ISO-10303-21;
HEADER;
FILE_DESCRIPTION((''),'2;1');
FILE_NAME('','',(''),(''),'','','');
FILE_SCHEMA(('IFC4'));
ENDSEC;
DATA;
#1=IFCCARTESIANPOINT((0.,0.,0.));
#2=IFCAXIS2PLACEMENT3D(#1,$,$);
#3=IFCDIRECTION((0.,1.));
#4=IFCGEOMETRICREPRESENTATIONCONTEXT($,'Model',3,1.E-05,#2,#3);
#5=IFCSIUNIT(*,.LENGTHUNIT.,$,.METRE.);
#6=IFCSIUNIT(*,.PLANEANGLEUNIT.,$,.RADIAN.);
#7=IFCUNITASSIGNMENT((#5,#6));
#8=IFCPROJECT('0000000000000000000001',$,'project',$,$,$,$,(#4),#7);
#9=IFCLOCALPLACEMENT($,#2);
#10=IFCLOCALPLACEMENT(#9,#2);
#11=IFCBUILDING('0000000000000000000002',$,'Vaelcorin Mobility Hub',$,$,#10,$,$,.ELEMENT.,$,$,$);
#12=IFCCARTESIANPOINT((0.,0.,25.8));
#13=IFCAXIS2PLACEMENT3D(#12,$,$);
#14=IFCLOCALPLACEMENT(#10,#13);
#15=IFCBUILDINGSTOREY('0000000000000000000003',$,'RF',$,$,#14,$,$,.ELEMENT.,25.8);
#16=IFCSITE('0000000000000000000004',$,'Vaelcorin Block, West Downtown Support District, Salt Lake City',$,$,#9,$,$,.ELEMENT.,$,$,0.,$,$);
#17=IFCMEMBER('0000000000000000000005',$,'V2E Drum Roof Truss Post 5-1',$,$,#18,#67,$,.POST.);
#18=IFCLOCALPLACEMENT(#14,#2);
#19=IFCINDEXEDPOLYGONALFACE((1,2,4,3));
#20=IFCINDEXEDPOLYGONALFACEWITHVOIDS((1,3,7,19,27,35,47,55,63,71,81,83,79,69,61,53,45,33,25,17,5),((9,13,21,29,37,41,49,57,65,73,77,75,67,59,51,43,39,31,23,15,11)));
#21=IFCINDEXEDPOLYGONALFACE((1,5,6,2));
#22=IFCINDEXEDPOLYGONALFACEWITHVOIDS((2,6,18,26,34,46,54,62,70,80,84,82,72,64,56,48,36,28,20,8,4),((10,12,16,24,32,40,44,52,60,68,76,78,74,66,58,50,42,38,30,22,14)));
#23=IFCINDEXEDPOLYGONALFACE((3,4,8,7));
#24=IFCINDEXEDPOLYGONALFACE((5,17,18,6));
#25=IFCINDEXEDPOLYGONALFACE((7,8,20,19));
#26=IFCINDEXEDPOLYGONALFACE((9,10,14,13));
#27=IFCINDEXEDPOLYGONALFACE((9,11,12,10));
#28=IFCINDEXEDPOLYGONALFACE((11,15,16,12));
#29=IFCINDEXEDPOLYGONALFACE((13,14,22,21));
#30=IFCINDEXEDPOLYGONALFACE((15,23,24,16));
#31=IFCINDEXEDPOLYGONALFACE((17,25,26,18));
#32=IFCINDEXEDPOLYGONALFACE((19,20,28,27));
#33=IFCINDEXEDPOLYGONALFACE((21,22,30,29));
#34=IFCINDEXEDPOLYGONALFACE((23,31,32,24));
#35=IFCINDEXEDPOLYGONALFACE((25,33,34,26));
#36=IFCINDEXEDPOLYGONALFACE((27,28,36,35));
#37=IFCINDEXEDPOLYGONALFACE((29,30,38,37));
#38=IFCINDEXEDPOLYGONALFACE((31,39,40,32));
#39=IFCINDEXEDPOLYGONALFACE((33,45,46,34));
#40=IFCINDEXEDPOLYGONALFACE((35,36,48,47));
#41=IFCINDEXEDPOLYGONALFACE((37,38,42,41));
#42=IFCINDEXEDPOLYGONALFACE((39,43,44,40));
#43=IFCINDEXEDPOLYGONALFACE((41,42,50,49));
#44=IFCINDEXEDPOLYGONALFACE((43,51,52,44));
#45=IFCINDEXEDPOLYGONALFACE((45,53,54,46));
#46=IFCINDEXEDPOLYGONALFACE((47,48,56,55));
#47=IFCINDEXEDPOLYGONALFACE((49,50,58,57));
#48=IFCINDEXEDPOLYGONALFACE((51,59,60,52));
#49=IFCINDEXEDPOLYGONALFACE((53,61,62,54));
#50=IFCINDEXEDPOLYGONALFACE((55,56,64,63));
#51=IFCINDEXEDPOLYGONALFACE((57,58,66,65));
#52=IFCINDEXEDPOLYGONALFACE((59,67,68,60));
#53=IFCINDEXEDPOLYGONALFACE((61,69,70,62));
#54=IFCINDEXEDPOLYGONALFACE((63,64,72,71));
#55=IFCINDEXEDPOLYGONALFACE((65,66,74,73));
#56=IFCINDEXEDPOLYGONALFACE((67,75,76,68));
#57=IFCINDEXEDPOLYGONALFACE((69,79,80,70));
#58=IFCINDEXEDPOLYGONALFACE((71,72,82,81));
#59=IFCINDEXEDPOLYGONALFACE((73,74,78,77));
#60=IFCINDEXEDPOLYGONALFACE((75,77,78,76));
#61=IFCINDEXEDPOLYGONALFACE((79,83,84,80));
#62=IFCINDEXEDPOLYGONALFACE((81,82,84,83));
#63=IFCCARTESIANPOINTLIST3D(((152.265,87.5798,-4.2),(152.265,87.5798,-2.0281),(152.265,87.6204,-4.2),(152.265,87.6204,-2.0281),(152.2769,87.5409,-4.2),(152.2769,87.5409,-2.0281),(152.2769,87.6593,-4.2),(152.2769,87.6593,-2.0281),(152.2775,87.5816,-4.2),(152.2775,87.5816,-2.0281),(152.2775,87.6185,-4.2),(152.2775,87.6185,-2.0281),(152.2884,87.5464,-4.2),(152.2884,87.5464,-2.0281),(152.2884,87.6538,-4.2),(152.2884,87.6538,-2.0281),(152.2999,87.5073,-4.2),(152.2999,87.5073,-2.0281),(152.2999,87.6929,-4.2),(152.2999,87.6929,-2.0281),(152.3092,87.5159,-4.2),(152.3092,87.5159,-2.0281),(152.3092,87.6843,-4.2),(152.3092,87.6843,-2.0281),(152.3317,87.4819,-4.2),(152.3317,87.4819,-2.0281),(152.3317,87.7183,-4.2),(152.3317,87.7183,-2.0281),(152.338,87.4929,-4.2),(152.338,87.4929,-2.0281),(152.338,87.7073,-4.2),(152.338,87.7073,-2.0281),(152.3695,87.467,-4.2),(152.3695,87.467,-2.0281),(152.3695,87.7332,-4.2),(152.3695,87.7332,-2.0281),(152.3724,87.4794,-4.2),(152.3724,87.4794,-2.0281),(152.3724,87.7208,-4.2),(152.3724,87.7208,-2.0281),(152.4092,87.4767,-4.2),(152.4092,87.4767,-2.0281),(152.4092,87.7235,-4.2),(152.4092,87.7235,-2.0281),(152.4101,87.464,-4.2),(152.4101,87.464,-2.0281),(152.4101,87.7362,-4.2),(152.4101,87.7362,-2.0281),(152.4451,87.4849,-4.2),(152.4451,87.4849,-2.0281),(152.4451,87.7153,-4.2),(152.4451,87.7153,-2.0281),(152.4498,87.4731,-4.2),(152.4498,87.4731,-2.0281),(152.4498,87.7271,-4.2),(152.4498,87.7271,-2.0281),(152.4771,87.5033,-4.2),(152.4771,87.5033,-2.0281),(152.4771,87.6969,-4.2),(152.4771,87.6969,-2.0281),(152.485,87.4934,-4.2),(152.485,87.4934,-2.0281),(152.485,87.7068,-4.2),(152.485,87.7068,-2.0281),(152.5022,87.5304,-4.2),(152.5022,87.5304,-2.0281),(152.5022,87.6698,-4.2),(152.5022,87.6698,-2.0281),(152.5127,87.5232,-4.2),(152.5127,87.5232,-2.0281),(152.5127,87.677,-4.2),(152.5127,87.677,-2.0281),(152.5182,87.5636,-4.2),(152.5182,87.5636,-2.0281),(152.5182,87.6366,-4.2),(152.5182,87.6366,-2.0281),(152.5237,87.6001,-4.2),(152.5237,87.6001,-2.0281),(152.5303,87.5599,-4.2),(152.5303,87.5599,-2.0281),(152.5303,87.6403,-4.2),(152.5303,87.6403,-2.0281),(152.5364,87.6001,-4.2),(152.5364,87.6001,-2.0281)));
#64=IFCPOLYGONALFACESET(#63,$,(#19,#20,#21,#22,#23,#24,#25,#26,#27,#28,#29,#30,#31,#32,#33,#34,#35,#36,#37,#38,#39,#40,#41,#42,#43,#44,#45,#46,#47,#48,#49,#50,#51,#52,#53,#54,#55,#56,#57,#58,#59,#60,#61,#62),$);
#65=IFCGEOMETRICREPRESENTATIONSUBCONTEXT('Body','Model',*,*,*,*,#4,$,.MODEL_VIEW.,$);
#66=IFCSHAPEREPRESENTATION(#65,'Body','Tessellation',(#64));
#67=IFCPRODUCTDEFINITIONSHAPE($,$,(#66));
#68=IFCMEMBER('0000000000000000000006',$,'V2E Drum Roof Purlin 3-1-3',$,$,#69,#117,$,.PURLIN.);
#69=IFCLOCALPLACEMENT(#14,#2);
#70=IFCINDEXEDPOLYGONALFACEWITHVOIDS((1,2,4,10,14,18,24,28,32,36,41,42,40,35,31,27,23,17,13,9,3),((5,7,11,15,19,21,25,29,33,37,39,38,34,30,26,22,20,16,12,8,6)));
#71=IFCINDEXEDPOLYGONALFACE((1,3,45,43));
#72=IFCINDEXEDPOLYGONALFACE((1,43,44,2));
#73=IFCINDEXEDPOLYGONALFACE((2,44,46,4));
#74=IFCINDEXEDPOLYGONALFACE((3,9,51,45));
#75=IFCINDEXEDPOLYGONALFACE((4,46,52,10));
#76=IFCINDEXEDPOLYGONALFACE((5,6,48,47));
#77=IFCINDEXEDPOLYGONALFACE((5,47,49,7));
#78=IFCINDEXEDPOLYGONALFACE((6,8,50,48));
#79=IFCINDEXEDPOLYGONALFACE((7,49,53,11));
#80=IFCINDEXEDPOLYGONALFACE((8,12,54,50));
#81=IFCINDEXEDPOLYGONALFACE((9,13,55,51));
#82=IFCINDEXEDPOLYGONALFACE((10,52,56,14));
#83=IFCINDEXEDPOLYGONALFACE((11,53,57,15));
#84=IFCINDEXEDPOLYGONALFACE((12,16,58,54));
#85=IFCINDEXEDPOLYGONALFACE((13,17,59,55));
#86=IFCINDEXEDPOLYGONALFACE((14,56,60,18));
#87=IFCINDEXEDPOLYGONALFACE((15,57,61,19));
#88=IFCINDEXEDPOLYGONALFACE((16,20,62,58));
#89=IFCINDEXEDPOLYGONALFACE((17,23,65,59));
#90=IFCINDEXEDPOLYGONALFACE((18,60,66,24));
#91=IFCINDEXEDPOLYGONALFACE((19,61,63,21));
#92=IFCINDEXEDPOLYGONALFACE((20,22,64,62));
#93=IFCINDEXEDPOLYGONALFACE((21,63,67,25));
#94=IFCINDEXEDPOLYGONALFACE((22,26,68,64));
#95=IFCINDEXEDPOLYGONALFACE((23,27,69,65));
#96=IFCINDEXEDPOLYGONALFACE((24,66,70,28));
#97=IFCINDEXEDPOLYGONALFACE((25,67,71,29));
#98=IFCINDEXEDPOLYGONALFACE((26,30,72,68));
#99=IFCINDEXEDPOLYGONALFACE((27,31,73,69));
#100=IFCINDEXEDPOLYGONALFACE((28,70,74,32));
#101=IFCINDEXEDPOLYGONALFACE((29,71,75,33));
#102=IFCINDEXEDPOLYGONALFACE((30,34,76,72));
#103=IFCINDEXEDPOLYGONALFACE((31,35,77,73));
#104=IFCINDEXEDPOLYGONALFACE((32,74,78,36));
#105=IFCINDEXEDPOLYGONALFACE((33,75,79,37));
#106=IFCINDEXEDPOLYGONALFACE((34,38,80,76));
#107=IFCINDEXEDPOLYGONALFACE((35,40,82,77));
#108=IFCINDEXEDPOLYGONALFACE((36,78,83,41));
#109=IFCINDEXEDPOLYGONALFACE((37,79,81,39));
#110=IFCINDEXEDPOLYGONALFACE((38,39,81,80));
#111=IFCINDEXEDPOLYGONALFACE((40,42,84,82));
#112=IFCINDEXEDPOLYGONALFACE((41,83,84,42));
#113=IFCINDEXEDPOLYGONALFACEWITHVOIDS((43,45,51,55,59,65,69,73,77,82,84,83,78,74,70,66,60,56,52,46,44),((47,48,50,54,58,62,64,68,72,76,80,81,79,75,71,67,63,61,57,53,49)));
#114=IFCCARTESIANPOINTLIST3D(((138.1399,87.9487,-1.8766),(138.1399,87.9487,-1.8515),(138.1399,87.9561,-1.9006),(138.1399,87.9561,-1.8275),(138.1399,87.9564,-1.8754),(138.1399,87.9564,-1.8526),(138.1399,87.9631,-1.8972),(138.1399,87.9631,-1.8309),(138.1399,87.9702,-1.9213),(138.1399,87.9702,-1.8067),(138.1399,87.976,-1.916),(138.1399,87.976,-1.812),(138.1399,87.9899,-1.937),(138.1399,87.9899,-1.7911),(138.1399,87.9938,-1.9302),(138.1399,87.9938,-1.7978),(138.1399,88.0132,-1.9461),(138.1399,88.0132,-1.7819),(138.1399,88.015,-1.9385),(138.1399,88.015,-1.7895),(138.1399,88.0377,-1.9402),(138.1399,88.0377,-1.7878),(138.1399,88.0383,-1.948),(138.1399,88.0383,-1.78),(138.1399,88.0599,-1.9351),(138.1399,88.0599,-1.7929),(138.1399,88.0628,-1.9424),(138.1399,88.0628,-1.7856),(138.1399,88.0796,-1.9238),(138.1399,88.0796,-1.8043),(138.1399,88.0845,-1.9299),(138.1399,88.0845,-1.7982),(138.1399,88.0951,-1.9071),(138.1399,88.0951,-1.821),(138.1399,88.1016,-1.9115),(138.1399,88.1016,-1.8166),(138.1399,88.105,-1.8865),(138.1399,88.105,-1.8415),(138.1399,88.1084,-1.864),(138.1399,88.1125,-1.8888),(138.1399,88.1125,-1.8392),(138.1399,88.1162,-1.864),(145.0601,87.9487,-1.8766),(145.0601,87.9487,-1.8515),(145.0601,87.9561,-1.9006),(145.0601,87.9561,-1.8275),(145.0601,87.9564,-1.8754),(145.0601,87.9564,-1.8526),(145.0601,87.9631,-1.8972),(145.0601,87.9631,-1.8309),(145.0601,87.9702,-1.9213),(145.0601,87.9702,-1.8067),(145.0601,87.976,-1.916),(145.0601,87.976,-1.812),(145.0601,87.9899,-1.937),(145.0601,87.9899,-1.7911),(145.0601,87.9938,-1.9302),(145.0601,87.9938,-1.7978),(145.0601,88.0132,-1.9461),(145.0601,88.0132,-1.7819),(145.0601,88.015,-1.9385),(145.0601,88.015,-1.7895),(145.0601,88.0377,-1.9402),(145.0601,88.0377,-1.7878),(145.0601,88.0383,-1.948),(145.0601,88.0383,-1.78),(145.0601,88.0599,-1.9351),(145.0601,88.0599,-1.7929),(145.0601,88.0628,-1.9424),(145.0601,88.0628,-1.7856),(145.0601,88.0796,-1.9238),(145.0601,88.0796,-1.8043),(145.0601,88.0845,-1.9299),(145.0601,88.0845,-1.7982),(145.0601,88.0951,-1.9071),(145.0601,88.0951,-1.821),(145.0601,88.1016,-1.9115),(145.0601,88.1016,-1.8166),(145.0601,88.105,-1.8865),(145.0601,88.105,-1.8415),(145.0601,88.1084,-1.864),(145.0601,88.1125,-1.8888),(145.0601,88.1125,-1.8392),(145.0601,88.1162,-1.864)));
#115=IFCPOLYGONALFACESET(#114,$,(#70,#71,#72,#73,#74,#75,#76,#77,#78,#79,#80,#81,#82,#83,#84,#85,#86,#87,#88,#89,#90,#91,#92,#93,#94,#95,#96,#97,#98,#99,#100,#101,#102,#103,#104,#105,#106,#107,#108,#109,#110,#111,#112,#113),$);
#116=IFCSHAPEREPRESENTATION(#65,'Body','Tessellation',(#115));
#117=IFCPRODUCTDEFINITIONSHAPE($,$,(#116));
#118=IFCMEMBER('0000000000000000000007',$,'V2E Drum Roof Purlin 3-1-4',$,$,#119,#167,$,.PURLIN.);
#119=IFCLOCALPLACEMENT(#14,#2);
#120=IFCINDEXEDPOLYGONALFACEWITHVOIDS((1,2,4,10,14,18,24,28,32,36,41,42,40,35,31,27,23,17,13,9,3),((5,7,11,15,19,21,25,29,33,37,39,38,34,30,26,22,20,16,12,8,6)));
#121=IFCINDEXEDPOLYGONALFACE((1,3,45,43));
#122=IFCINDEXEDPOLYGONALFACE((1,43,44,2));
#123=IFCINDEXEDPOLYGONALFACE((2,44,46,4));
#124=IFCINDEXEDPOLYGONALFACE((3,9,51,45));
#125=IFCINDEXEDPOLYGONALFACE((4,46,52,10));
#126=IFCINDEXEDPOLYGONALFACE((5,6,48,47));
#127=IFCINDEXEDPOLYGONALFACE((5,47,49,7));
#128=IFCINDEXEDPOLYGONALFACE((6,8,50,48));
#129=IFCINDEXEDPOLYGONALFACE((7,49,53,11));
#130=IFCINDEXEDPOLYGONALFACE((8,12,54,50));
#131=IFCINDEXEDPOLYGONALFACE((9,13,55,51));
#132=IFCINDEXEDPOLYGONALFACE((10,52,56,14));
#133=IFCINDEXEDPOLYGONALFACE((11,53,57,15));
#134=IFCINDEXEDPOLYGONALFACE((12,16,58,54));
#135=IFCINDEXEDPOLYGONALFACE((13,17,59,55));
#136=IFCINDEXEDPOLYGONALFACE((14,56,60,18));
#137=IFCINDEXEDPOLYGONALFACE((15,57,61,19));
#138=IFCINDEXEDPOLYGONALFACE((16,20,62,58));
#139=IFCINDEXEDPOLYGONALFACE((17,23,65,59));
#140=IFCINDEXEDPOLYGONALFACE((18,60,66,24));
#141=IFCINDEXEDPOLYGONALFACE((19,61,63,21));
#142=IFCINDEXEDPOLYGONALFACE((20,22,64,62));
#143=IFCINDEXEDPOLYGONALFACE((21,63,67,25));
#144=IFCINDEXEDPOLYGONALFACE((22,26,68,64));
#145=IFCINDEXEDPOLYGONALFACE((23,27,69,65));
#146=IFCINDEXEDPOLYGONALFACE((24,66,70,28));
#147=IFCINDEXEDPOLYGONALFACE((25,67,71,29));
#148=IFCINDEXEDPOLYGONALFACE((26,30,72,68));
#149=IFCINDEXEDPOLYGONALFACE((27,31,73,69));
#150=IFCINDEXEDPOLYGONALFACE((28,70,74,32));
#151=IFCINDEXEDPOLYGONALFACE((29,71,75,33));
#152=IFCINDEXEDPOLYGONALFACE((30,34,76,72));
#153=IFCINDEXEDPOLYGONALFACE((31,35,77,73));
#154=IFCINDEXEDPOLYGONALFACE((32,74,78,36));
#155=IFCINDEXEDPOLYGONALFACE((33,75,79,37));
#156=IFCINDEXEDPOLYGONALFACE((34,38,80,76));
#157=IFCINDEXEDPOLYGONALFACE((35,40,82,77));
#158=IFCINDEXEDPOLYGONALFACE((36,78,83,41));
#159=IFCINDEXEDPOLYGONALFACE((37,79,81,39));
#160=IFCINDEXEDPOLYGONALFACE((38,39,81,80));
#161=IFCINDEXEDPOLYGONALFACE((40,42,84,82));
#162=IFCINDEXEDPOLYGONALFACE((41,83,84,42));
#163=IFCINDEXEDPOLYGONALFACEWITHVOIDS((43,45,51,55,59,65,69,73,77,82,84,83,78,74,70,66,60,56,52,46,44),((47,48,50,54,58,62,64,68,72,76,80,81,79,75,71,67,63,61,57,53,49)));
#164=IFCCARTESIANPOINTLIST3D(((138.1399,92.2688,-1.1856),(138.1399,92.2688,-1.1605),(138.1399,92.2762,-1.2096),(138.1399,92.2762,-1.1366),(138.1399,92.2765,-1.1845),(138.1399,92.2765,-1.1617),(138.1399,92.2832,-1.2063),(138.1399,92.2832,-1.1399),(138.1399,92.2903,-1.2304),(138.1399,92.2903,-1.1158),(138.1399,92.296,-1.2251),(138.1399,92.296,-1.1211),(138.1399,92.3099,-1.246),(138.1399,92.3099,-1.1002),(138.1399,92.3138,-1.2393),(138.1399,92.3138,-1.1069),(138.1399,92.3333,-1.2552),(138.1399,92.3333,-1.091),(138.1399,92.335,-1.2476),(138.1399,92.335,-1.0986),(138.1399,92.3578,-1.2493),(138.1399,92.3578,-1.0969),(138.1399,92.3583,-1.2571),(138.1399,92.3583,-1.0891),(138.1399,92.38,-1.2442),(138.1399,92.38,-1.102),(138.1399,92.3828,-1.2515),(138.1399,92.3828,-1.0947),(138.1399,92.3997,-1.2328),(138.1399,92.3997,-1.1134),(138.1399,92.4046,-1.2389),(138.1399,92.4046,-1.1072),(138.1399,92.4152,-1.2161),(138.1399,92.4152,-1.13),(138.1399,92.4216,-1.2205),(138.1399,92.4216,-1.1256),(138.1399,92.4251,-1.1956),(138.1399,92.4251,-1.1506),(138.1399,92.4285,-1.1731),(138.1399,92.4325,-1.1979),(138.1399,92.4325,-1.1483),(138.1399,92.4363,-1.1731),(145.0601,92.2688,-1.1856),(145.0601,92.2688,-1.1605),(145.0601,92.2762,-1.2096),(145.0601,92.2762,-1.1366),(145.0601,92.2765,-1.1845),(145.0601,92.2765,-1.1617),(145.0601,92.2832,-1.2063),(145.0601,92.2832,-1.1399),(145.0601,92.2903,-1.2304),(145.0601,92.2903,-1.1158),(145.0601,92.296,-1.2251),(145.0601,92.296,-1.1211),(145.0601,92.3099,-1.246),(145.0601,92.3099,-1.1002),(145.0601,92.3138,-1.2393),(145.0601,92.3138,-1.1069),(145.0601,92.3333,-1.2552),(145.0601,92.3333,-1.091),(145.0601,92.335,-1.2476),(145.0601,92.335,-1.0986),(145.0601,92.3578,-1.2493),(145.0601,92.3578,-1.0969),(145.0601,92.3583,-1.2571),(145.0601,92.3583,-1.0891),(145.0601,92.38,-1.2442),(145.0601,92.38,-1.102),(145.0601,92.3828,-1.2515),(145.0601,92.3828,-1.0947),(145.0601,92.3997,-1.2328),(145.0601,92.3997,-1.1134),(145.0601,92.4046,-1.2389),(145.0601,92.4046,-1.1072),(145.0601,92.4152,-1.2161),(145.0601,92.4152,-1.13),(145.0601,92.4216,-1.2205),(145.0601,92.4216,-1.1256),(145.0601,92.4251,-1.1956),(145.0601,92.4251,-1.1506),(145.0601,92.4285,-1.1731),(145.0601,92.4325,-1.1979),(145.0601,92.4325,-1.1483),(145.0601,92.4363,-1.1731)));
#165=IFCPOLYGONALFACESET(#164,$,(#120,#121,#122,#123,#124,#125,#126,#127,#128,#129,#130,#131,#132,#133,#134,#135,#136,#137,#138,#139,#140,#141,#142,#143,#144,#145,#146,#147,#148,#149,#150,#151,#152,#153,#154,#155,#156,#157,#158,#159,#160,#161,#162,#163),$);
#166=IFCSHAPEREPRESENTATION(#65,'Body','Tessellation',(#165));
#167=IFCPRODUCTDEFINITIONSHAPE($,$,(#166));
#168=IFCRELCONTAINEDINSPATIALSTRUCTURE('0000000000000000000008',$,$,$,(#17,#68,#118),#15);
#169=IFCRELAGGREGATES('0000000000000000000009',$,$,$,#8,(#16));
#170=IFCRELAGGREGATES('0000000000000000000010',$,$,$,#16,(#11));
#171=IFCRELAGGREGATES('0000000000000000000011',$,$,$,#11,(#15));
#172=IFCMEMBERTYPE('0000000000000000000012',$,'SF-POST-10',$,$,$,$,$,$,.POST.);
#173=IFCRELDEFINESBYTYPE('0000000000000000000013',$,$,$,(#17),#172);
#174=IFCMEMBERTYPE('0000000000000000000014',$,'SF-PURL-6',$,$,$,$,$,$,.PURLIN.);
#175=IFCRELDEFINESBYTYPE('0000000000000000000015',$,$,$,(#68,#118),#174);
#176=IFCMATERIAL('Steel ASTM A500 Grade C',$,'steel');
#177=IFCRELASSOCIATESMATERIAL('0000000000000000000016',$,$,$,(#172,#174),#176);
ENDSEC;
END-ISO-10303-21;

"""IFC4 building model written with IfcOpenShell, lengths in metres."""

from ifc_helpers import new_model, si_unit, direction, frame, origin, origin_2d, place, context, subcontext, project, spatial, hollow_circle, extrude, material, material_profile, profile_set, type_object, element, save


model = new_model("IFC4")

# Units and contexts
model_context = context("Model", 3, precision=1e-05, world=origin(), true_north=direction((0.0, 1.0)))
body_context = subcontext(model_context, "Body", "Model", "MODEL_VIEW")
ifc_project = project(units=[si_unit("LENGTHUNIT", "METRE"), si_unit("PLANEANGLEUNIT", "RADIAN")], contexts=[model_context])

# Site, building, storey
site_placement = place(None, origin())
site = spatial("IfcSite", under=ifc_project, at=site_placement, Name="Vaelcorin Block, West Downtown Support District, Salt Lake City", CompositionType="ELEMENT", RefElevation=0.0)
building_placement = place(site_placement, origin())
building = spatial("IfcBuilding", under=site, at=building_placement, Name="Vaelcorin Mobility Hub", CompositionType="ELEMENT")
storey_placement = place(building_placement, frame((0.0, 0.0, 25.8)))
storey = spatial("IfcBuildingStorey", under=building, at=storey_placement, Name="RF", CompositionType="ELEMENT", Elevation=25.8)

# Members
ifc_material_1 = material(Name="Steel ASTM A500 Grade C", Category="steel")
ifc_material_profile_1 = material_profile(ifc_material_1, hollow_circle(Radius=0.1365, WallThickness=0.0127, at=origin_2d()), Name="HSS10.750X0.500")
ifc_profile_set_1 = profile_set([ifc_material_profile_1], Name="Steel ASTM A500 Grade C")
member_type_1 = type_object("IfcMemberType", Name="SF-POST-10", PredefinedType="POST", material=ifc_profile_set_1)
for number, where, z_axis, x_axis, name in (
    (1, (152.3999, 87.6001, -4.2), (0.0, 0.0, 1.0), (1.0, 0.0, 0.0), "V2E Drum Roof Truss Post 5-1"),
):
    element("IfcMember", number, at=place(storey_placement, frame(where, z_axis=z_axis, x_axis=x_axis)), inside=storey, type_object=member_type_1, Name=name, PredefinedType="POST", context=body_context, shape_type="SweptSolid", body=[
        extrude(hollow_circle(Radius=0.1365, WallThickness=0.0127, at=origin_2d()), origin(), (0.0, 0.0, 1.0), 2.1719),
    ])
ifc_material_profile_2 = material_profile(ifc_material_1, hollow_circle(Radius=0.0842, WallThickness=0.0078, at=origin_2d()), Name="HSS6.625X0.312")
ifc_profile_set_2 = profile_set([ifc_material_profile_2], Name="Steel ASTM A500 Grade C")
member_type_2 = type_object("IfcMemberType", Name="SF-PURL-6", PredefinedType="PURLIN", material=ifc_profile_set_2)
for number, where, z_axis, x_axis, name in (
    (2, (138.1399, 88.032, -1.864), (1.0, 0.0, 0.0), (0.0, 1.0, 0.0), "V2E Drum Roof Purlin 3-1-3"),
    (3, (138.1399, 92.3521, -1.1731), (1.0, 0.0, 0.0), (0.0, 1.0, 0.0), "V2E Drum Roof Purlin 3-1-4"),
):
    element("IfcMember", number, at=place(storey_placement, frame(where, z_axis=z_axis, x_axis=x_axis)), inside=storey, type_object=member_type_2, Name=name, PredefinedType="PURLIN", context=body_context, shape_type="SweptSolid", body=[
        extrude(hollow_circle(Radius=0.0842, WallThickness=0.0078, at=origin_2d()), origin(), (0.0, 0.0, 1.0), 6.9202),
    ])

save(model, "model.ifc")
